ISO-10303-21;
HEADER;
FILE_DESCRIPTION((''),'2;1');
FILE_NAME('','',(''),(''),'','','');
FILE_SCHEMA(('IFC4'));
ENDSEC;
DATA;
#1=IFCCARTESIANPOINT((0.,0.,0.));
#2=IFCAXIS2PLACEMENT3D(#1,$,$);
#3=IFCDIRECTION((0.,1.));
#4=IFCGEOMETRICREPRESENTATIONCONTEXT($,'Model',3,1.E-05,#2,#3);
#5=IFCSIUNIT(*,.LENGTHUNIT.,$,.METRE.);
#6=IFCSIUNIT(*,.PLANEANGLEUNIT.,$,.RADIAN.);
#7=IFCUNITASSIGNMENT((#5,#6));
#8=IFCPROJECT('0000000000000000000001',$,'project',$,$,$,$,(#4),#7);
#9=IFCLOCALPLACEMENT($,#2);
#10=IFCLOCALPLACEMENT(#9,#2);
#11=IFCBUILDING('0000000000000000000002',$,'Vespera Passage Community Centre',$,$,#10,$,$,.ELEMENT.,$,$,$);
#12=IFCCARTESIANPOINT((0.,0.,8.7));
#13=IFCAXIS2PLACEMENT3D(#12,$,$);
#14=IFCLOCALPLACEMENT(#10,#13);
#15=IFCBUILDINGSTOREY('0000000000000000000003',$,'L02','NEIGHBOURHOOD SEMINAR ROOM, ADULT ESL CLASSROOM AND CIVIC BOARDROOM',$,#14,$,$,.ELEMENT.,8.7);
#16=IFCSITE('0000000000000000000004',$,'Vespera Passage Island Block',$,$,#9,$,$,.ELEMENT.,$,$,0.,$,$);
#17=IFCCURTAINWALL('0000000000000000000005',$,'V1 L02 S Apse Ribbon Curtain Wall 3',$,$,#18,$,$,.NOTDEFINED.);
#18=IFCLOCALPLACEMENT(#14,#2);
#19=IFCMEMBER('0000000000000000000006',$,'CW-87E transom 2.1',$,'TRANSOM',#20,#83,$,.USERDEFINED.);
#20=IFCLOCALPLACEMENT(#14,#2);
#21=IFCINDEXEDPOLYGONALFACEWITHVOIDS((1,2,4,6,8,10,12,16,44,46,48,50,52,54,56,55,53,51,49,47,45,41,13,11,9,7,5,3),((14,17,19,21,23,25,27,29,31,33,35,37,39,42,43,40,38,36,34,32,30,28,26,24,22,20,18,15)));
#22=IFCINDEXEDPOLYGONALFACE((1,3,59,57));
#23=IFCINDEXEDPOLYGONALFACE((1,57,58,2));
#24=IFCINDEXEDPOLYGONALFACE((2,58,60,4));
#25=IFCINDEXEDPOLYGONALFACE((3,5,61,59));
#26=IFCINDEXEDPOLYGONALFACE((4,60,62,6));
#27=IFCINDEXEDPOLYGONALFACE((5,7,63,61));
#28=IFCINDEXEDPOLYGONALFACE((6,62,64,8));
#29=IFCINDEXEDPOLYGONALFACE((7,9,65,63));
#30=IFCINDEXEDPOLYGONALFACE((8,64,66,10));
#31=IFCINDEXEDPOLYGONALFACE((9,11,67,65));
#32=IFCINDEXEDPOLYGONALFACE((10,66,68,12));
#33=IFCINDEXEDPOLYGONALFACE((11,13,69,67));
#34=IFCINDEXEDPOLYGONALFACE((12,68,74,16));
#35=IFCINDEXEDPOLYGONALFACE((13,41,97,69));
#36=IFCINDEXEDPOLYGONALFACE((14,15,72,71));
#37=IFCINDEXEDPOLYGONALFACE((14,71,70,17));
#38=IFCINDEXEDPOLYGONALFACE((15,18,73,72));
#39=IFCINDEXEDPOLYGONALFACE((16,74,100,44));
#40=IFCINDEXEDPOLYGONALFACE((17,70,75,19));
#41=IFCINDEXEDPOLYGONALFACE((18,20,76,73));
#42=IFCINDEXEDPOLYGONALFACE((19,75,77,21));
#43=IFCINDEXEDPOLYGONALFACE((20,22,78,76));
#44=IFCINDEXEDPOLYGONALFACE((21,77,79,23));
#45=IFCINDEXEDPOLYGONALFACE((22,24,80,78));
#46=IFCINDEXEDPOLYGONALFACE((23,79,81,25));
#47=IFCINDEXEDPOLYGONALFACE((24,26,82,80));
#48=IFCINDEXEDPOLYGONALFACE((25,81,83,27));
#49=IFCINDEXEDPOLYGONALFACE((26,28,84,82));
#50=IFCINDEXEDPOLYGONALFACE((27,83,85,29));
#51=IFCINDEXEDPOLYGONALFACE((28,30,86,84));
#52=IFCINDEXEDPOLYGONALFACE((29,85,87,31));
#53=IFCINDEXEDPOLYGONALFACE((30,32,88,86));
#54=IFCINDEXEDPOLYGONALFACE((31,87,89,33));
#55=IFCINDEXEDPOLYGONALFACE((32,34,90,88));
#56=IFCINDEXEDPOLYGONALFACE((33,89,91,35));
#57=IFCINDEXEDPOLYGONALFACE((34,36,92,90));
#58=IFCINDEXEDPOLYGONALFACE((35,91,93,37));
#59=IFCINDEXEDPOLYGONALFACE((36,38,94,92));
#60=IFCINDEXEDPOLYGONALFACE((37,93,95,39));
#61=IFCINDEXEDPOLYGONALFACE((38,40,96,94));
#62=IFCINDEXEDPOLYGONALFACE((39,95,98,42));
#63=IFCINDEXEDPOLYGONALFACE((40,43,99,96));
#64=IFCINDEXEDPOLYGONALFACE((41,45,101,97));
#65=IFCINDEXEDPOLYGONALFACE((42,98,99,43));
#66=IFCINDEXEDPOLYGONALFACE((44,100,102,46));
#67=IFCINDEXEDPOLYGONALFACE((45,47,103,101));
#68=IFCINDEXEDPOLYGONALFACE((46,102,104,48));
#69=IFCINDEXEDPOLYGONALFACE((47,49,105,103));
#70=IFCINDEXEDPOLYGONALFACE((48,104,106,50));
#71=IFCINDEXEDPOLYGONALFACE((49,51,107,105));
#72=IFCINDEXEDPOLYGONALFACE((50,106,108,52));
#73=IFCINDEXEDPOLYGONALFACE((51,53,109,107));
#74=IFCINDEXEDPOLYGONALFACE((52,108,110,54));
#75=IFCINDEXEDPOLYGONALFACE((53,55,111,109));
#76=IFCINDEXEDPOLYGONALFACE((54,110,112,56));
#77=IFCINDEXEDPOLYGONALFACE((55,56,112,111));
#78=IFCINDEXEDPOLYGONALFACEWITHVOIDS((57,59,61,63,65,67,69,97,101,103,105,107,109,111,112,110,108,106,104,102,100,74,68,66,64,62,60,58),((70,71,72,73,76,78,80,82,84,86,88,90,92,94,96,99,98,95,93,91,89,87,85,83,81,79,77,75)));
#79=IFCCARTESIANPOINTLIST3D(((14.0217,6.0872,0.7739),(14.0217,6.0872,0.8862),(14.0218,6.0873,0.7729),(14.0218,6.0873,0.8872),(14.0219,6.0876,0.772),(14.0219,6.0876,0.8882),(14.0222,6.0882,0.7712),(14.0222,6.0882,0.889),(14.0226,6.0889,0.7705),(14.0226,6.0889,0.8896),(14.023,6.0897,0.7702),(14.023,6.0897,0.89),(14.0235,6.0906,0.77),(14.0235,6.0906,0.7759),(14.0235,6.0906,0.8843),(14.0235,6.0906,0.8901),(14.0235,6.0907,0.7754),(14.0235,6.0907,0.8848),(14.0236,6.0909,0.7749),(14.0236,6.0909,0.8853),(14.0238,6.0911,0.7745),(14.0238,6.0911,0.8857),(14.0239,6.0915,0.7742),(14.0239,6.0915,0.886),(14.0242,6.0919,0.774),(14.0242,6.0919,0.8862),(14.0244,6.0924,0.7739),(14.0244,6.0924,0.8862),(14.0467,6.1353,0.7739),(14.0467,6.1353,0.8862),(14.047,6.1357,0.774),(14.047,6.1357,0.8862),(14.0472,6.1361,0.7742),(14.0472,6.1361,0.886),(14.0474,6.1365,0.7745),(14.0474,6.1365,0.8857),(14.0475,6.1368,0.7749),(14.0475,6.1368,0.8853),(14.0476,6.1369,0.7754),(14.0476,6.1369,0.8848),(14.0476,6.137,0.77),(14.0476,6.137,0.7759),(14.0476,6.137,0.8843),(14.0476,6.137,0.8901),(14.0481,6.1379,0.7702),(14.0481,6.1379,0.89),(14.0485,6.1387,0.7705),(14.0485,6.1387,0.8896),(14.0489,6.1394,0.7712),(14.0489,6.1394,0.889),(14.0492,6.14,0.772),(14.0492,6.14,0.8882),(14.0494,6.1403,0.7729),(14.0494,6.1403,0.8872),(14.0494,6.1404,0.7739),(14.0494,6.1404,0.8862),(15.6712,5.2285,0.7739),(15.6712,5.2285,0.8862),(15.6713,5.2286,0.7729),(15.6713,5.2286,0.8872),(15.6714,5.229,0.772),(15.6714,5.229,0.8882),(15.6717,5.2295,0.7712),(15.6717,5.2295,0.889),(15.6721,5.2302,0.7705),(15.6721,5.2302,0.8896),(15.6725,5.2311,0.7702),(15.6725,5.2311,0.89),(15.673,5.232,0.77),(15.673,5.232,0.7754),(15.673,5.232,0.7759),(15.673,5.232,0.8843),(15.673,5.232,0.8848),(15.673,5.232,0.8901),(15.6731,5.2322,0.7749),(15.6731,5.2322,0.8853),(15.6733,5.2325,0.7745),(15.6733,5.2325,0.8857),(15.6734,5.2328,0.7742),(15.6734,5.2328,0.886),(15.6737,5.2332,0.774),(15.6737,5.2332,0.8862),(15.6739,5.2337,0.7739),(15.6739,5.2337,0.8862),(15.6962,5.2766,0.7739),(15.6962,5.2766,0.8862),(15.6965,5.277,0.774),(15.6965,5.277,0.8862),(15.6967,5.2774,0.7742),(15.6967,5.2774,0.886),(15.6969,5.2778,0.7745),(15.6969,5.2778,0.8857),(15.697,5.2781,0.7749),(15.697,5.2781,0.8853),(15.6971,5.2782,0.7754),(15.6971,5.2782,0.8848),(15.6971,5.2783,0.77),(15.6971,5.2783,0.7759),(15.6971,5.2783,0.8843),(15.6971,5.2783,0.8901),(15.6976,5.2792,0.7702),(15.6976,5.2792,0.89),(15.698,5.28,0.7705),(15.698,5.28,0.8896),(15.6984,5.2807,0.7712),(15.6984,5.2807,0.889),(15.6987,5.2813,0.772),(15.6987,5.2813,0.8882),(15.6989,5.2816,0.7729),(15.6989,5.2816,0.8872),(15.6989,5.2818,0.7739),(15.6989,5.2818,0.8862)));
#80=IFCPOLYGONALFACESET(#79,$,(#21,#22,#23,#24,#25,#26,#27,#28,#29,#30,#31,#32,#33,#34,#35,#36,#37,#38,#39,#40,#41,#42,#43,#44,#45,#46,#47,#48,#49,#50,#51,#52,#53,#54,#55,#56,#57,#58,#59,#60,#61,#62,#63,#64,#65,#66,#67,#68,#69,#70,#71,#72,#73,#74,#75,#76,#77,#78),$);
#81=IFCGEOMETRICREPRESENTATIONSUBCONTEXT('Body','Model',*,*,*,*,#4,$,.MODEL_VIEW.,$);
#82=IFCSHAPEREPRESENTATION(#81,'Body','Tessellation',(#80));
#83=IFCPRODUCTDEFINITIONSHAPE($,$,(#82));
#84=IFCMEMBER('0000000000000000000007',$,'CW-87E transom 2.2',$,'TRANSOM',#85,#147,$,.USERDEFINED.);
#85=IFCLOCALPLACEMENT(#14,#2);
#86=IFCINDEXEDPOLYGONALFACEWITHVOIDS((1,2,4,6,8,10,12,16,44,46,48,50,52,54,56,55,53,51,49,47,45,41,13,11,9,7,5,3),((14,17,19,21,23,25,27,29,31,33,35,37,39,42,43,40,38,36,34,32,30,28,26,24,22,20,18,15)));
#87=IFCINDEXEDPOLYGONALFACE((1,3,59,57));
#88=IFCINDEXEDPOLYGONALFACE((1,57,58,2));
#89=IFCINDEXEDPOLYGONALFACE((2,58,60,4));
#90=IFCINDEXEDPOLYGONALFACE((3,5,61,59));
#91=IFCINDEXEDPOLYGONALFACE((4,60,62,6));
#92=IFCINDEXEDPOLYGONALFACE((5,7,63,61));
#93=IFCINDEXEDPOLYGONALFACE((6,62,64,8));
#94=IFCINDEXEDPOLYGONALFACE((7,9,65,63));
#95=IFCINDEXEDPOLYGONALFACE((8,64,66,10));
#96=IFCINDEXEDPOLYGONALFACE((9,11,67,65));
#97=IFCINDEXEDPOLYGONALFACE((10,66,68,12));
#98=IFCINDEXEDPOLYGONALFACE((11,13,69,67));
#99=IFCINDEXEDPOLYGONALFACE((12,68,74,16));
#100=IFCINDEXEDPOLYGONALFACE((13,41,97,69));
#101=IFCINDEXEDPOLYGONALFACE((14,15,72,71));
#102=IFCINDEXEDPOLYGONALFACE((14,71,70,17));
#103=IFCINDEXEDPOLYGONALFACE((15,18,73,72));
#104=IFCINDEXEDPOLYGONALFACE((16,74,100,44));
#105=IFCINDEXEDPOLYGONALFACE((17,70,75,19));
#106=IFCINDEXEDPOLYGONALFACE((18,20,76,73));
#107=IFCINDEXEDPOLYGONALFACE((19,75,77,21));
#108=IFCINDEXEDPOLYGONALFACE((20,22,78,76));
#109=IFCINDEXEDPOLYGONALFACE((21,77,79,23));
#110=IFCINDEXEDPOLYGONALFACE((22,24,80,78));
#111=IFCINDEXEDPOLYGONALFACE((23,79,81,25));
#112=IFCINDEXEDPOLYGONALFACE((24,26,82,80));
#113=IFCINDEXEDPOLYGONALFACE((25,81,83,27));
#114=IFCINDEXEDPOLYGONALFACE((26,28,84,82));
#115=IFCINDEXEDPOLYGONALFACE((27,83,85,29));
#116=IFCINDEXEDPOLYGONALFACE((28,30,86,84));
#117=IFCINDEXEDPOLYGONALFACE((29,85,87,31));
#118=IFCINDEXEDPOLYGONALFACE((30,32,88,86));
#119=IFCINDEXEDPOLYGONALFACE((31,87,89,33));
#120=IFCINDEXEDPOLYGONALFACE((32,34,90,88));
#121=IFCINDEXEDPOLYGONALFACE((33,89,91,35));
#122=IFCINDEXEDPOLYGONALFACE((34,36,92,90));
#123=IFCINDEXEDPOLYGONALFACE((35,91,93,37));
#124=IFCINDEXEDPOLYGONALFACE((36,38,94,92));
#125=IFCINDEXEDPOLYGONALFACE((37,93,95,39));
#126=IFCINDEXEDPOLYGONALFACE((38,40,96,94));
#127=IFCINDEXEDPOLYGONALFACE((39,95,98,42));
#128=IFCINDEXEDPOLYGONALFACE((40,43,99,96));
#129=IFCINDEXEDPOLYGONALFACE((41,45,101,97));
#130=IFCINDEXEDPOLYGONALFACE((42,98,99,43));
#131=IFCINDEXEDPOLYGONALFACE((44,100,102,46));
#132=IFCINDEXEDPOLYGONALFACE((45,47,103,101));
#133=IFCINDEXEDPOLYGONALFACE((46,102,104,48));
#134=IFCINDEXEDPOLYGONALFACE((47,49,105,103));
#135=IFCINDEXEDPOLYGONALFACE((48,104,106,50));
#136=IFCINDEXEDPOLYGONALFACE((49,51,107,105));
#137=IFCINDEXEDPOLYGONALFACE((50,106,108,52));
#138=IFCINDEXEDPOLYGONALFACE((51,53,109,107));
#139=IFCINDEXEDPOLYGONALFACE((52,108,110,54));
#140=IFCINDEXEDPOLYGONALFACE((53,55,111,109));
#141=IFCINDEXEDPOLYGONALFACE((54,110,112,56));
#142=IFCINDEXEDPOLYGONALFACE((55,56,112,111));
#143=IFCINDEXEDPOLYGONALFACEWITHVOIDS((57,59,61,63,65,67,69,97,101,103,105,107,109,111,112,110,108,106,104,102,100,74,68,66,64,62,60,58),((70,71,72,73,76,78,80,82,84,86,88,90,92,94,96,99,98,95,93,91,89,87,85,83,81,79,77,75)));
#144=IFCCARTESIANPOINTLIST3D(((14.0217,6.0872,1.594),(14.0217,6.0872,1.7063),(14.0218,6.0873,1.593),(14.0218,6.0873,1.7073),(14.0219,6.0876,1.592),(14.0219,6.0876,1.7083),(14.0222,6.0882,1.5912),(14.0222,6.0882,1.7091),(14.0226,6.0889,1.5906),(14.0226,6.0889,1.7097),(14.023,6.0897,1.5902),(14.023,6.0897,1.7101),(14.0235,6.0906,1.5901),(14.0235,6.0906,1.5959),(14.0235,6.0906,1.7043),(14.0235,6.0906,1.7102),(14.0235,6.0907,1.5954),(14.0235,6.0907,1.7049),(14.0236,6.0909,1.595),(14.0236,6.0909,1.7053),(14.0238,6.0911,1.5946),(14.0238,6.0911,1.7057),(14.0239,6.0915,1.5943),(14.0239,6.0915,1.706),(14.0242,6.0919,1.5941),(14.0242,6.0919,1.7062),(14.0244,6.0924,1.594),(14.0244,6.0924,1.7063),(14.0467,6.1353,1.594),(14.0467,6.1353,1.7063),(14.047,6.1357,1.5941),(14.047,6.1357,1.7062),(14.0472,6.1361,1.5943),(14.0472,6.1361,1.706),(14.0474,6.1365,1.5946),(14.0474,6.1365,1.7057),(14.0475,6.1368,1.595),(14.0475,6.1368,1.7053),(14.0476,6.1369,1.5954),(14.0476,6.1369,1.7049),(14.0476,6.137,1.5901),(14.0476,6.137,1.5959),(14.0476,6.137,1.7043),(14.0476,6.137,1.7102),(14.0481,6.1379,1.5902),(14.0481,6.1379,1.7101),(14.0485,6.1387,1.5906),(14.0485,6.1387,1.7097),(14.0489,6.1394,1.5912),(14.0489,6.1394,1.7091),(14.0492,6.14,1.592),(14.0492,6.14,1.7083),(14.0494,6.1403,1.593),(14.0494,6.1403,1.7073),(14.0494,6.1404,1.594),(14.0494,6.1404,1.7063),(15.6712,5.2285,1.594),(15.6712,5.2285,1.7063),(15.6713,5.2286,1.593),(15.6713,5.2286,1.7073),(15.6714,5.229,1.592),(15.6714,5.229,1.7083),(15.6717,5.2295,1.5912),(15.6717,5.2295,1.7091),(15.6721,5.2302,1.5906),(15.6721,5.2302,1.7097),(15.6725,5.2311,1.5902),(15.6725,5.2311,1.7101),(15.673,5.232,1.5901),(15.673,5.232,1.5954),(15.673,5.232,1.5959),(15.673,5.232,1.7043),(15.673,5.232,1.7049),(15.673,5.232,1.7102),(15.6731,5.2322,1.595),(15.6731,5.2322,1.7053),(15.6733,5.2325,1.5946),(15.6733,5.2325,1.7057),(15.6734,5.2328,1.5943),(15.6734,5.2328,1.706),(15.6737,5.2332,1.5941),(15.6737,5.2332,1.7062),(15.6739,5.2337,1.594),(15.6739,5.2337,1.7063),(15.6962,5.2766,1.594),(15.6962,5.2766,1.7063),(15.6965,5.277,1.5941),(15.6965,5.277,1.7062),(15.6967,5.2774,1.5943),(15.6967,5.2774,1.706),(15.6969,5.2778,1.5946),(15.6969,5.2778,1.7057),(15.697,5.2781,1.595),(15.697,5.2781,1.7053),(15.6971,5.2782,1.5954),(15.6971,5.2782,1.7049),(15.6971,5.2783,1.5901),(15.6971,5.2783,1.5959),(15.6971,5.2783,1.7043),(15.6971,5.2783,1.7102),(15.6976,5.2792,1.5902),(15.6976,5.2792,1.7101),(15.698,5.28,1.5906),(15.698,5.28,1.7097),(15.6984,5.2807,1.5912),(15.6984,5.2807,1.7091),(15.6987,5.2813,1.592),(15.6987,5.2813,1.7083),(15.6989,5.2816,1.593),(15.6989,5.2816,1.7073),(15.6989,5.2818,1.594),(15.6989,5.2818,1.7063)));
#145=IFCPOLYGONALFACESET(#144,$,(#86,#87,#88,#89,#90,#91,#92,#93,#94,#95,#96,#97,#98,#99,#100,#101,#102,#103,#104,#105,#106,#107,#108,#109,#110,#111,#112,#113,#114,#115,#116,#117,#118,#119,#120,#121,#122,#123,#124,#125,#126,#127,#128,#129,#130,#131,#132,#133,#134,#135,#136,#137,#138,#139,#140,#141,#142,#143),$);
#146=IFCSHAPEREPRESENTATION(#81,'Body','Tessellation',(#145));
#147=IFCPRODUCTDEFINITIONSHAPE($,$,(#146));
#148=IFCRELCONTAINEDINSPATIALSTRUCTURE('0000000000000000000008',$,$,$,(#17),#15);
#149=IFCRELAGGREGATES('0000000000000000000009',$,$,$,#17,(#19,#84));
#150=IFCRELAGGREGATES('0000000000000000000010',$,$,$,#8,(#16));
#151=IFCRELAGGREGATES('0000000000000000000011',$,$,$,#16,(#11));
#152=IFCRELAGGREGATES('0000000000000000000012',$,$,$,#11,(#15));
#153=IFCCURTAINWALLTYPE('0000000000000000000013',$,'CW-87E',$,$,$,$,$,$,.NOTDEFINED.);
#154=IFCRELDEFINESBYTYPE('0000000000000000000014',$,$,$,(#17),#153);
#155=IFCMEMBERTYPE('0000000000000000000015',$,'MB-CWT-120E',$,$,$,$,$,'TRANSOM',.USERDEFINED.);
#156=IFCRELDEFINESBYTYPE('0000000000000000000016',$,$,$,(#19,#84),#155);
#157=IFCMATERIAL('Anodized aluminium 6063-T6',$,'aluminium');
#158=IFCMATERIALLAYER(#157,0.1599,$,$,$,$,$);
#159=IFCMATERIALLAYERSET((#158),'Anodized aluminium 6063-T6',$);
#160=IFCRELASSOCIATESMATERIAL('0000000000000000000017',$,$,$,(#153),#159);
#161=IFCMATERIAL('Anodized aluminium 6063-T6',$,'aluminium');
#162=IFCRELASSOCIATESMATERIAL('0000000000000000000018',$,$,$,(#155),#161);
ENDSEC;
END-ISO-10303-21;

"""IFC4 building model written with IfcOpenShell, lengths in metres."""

from ifc_helpers import new_model, si_unit, direction, frame, origin, origin_2d, place, context, subcontext, project, spatial, hollow_rectangle, extrude, material, layer, layer_set, material_profile, profile_set, type_object, element, aggregate, save


model = new_model("IFC4")

# Units and contexts
model_context = context("Model", 3, precision=1e-05, world=origin(), true_north=direction((0.0, 1.0)))
body_context = subcontext(model_context, "Body", "Model", "MODEL_VIEW")
ifc_project = project(units=[si_unit("LENGTHUNIT", "METRE"), si_unit("PLANEANGLEUNIT", "RADIAN")], contexts=[model_context])

# Site, building, storey
site_placement = place(None, origin())
site = spatial("IfcSite", under=ifc_project, at=site_placement, Name="Vespera Passage Island Block", CompositionType="ELEMENT", RefElevation=0.0)
building_placement = place(site_placement, origin())
building = spatial("IfcBuilding", under=site, at=building_placement, Name="Vespera Passage Community Centre", CompositionType="ELEMENT")
storey_placement = place(building_placement, frame((0.0, 0.0, 8.7)))
storey = spatial("IfcBuildingStorey", under=building, at=storey_placement, Name="L02", Description="NEIGHBOURHOOD SEMINAR ROOM, ADULT ESL CLASSROOM AND CIVIC BOARDROOM", CompositionType="ELEMENT", Elevation=8.7)

# Curtain wall
ifc_material_1 = material(Name="Anodized aluminium 6063-T6", Category="aluminium")
ifc_layer_1 = layer(ifc_material_1, 0.1599)
ifc_layer_set_1 = layer_set([ifc_layer_1], Name="Anodized aluminium 6063-T6")
curtain_wall_type = type_object("IfcCurtainWallType", Name="CW-87E", PredefinedType="NOTDEFINED", material=ifc_layer_set_1)
curtain_wall_1_placement = place(storey_placement, origin())
curtain_wall_1 = element("IfcCurtainWall", 1, at=curtain_wall_1_placement, inside=storey, type_object=curtain_wall_type, Name="V1 L02 S Apse Ribbon Curtain Wall 3", PredefinedType="NOTDEFINED")

# Members
ifc_material_2 = material(Name="Anodized aluminium 6063-T6", Category="aluminium")
ifc_material_profile_1 = material_profile(ifc_material_2, hollow_rectangle(XDim=0.0601, YDim=0.1201, WallThickness=0.0039, InnerFilletRadius=0.002, OuterFilletRadius=0.0039, at=origin_2d()), Name="ALU120X60X4")
ifc_profile_set_1 = profile_set([ifc_material_profile_1], Name="Anodized aluminium 6063-T6")
member_type_1 = type_object("IfcMemberType", Name="MB-CWT-120E", ElementType="TRANSOM", PredefinedType="USERDEFINED", material=ifc_profile_set_1)
member_1_placement = place(storey_placement, frame((15.6851, 5.2551, 0.8301), z_axis=(-0.887008, 0.461754, 0.0), x_axis=(-0.461754, -0.887008, 0.0)))
member_1 = element("IfcMember", 2, at=member_1_placement, type_object=member_type_1, Name="CW-87E transom 2.1", ObjectType="TRANSOM", PredefinedType="USERDEFINED", context=body_context, shape_type="SweptSolid", body=[
    extrude(hollow_rectangle(XDim=0.0601, YDim=0.1201, WallThickness=0.0039, InnerFilletRadius=0.002, OuterFilletRadius=0.0039, at=origin_2d()), origin(), (0.0, 0.0, 1.0), 1.8596),
])
member_2_placement = place(storey_placement, frame((15.6851, 5.2551, 1.6501), z_axis=(-0.887008, 0.461754, 0.0), x_axis=(-0.461754, -0.887008, 0.0)))
member_2 = element("IfcMember", 3, at=member_2_placement, type_object=member_type_1, Name="CW-87E transom 2.2", ObjectType="TRANSOM", PredefinedType="USERDEFINED", context=body_context, shape_type="SweptSolid", body=[
    extrude(hollow_rectangle(XDim=0.0601, YDim=0.1201, WallThickness=0.0039, InnerFilletRadius=0.002, OuterFilletRadius=0.0039, at=origin_2d()), origin(), (0.0, 0.0, 1.0), 1.8596),
])

aggregate(curtain_wall_1, [member_1, member_2])

save(model, "model.ifc")
